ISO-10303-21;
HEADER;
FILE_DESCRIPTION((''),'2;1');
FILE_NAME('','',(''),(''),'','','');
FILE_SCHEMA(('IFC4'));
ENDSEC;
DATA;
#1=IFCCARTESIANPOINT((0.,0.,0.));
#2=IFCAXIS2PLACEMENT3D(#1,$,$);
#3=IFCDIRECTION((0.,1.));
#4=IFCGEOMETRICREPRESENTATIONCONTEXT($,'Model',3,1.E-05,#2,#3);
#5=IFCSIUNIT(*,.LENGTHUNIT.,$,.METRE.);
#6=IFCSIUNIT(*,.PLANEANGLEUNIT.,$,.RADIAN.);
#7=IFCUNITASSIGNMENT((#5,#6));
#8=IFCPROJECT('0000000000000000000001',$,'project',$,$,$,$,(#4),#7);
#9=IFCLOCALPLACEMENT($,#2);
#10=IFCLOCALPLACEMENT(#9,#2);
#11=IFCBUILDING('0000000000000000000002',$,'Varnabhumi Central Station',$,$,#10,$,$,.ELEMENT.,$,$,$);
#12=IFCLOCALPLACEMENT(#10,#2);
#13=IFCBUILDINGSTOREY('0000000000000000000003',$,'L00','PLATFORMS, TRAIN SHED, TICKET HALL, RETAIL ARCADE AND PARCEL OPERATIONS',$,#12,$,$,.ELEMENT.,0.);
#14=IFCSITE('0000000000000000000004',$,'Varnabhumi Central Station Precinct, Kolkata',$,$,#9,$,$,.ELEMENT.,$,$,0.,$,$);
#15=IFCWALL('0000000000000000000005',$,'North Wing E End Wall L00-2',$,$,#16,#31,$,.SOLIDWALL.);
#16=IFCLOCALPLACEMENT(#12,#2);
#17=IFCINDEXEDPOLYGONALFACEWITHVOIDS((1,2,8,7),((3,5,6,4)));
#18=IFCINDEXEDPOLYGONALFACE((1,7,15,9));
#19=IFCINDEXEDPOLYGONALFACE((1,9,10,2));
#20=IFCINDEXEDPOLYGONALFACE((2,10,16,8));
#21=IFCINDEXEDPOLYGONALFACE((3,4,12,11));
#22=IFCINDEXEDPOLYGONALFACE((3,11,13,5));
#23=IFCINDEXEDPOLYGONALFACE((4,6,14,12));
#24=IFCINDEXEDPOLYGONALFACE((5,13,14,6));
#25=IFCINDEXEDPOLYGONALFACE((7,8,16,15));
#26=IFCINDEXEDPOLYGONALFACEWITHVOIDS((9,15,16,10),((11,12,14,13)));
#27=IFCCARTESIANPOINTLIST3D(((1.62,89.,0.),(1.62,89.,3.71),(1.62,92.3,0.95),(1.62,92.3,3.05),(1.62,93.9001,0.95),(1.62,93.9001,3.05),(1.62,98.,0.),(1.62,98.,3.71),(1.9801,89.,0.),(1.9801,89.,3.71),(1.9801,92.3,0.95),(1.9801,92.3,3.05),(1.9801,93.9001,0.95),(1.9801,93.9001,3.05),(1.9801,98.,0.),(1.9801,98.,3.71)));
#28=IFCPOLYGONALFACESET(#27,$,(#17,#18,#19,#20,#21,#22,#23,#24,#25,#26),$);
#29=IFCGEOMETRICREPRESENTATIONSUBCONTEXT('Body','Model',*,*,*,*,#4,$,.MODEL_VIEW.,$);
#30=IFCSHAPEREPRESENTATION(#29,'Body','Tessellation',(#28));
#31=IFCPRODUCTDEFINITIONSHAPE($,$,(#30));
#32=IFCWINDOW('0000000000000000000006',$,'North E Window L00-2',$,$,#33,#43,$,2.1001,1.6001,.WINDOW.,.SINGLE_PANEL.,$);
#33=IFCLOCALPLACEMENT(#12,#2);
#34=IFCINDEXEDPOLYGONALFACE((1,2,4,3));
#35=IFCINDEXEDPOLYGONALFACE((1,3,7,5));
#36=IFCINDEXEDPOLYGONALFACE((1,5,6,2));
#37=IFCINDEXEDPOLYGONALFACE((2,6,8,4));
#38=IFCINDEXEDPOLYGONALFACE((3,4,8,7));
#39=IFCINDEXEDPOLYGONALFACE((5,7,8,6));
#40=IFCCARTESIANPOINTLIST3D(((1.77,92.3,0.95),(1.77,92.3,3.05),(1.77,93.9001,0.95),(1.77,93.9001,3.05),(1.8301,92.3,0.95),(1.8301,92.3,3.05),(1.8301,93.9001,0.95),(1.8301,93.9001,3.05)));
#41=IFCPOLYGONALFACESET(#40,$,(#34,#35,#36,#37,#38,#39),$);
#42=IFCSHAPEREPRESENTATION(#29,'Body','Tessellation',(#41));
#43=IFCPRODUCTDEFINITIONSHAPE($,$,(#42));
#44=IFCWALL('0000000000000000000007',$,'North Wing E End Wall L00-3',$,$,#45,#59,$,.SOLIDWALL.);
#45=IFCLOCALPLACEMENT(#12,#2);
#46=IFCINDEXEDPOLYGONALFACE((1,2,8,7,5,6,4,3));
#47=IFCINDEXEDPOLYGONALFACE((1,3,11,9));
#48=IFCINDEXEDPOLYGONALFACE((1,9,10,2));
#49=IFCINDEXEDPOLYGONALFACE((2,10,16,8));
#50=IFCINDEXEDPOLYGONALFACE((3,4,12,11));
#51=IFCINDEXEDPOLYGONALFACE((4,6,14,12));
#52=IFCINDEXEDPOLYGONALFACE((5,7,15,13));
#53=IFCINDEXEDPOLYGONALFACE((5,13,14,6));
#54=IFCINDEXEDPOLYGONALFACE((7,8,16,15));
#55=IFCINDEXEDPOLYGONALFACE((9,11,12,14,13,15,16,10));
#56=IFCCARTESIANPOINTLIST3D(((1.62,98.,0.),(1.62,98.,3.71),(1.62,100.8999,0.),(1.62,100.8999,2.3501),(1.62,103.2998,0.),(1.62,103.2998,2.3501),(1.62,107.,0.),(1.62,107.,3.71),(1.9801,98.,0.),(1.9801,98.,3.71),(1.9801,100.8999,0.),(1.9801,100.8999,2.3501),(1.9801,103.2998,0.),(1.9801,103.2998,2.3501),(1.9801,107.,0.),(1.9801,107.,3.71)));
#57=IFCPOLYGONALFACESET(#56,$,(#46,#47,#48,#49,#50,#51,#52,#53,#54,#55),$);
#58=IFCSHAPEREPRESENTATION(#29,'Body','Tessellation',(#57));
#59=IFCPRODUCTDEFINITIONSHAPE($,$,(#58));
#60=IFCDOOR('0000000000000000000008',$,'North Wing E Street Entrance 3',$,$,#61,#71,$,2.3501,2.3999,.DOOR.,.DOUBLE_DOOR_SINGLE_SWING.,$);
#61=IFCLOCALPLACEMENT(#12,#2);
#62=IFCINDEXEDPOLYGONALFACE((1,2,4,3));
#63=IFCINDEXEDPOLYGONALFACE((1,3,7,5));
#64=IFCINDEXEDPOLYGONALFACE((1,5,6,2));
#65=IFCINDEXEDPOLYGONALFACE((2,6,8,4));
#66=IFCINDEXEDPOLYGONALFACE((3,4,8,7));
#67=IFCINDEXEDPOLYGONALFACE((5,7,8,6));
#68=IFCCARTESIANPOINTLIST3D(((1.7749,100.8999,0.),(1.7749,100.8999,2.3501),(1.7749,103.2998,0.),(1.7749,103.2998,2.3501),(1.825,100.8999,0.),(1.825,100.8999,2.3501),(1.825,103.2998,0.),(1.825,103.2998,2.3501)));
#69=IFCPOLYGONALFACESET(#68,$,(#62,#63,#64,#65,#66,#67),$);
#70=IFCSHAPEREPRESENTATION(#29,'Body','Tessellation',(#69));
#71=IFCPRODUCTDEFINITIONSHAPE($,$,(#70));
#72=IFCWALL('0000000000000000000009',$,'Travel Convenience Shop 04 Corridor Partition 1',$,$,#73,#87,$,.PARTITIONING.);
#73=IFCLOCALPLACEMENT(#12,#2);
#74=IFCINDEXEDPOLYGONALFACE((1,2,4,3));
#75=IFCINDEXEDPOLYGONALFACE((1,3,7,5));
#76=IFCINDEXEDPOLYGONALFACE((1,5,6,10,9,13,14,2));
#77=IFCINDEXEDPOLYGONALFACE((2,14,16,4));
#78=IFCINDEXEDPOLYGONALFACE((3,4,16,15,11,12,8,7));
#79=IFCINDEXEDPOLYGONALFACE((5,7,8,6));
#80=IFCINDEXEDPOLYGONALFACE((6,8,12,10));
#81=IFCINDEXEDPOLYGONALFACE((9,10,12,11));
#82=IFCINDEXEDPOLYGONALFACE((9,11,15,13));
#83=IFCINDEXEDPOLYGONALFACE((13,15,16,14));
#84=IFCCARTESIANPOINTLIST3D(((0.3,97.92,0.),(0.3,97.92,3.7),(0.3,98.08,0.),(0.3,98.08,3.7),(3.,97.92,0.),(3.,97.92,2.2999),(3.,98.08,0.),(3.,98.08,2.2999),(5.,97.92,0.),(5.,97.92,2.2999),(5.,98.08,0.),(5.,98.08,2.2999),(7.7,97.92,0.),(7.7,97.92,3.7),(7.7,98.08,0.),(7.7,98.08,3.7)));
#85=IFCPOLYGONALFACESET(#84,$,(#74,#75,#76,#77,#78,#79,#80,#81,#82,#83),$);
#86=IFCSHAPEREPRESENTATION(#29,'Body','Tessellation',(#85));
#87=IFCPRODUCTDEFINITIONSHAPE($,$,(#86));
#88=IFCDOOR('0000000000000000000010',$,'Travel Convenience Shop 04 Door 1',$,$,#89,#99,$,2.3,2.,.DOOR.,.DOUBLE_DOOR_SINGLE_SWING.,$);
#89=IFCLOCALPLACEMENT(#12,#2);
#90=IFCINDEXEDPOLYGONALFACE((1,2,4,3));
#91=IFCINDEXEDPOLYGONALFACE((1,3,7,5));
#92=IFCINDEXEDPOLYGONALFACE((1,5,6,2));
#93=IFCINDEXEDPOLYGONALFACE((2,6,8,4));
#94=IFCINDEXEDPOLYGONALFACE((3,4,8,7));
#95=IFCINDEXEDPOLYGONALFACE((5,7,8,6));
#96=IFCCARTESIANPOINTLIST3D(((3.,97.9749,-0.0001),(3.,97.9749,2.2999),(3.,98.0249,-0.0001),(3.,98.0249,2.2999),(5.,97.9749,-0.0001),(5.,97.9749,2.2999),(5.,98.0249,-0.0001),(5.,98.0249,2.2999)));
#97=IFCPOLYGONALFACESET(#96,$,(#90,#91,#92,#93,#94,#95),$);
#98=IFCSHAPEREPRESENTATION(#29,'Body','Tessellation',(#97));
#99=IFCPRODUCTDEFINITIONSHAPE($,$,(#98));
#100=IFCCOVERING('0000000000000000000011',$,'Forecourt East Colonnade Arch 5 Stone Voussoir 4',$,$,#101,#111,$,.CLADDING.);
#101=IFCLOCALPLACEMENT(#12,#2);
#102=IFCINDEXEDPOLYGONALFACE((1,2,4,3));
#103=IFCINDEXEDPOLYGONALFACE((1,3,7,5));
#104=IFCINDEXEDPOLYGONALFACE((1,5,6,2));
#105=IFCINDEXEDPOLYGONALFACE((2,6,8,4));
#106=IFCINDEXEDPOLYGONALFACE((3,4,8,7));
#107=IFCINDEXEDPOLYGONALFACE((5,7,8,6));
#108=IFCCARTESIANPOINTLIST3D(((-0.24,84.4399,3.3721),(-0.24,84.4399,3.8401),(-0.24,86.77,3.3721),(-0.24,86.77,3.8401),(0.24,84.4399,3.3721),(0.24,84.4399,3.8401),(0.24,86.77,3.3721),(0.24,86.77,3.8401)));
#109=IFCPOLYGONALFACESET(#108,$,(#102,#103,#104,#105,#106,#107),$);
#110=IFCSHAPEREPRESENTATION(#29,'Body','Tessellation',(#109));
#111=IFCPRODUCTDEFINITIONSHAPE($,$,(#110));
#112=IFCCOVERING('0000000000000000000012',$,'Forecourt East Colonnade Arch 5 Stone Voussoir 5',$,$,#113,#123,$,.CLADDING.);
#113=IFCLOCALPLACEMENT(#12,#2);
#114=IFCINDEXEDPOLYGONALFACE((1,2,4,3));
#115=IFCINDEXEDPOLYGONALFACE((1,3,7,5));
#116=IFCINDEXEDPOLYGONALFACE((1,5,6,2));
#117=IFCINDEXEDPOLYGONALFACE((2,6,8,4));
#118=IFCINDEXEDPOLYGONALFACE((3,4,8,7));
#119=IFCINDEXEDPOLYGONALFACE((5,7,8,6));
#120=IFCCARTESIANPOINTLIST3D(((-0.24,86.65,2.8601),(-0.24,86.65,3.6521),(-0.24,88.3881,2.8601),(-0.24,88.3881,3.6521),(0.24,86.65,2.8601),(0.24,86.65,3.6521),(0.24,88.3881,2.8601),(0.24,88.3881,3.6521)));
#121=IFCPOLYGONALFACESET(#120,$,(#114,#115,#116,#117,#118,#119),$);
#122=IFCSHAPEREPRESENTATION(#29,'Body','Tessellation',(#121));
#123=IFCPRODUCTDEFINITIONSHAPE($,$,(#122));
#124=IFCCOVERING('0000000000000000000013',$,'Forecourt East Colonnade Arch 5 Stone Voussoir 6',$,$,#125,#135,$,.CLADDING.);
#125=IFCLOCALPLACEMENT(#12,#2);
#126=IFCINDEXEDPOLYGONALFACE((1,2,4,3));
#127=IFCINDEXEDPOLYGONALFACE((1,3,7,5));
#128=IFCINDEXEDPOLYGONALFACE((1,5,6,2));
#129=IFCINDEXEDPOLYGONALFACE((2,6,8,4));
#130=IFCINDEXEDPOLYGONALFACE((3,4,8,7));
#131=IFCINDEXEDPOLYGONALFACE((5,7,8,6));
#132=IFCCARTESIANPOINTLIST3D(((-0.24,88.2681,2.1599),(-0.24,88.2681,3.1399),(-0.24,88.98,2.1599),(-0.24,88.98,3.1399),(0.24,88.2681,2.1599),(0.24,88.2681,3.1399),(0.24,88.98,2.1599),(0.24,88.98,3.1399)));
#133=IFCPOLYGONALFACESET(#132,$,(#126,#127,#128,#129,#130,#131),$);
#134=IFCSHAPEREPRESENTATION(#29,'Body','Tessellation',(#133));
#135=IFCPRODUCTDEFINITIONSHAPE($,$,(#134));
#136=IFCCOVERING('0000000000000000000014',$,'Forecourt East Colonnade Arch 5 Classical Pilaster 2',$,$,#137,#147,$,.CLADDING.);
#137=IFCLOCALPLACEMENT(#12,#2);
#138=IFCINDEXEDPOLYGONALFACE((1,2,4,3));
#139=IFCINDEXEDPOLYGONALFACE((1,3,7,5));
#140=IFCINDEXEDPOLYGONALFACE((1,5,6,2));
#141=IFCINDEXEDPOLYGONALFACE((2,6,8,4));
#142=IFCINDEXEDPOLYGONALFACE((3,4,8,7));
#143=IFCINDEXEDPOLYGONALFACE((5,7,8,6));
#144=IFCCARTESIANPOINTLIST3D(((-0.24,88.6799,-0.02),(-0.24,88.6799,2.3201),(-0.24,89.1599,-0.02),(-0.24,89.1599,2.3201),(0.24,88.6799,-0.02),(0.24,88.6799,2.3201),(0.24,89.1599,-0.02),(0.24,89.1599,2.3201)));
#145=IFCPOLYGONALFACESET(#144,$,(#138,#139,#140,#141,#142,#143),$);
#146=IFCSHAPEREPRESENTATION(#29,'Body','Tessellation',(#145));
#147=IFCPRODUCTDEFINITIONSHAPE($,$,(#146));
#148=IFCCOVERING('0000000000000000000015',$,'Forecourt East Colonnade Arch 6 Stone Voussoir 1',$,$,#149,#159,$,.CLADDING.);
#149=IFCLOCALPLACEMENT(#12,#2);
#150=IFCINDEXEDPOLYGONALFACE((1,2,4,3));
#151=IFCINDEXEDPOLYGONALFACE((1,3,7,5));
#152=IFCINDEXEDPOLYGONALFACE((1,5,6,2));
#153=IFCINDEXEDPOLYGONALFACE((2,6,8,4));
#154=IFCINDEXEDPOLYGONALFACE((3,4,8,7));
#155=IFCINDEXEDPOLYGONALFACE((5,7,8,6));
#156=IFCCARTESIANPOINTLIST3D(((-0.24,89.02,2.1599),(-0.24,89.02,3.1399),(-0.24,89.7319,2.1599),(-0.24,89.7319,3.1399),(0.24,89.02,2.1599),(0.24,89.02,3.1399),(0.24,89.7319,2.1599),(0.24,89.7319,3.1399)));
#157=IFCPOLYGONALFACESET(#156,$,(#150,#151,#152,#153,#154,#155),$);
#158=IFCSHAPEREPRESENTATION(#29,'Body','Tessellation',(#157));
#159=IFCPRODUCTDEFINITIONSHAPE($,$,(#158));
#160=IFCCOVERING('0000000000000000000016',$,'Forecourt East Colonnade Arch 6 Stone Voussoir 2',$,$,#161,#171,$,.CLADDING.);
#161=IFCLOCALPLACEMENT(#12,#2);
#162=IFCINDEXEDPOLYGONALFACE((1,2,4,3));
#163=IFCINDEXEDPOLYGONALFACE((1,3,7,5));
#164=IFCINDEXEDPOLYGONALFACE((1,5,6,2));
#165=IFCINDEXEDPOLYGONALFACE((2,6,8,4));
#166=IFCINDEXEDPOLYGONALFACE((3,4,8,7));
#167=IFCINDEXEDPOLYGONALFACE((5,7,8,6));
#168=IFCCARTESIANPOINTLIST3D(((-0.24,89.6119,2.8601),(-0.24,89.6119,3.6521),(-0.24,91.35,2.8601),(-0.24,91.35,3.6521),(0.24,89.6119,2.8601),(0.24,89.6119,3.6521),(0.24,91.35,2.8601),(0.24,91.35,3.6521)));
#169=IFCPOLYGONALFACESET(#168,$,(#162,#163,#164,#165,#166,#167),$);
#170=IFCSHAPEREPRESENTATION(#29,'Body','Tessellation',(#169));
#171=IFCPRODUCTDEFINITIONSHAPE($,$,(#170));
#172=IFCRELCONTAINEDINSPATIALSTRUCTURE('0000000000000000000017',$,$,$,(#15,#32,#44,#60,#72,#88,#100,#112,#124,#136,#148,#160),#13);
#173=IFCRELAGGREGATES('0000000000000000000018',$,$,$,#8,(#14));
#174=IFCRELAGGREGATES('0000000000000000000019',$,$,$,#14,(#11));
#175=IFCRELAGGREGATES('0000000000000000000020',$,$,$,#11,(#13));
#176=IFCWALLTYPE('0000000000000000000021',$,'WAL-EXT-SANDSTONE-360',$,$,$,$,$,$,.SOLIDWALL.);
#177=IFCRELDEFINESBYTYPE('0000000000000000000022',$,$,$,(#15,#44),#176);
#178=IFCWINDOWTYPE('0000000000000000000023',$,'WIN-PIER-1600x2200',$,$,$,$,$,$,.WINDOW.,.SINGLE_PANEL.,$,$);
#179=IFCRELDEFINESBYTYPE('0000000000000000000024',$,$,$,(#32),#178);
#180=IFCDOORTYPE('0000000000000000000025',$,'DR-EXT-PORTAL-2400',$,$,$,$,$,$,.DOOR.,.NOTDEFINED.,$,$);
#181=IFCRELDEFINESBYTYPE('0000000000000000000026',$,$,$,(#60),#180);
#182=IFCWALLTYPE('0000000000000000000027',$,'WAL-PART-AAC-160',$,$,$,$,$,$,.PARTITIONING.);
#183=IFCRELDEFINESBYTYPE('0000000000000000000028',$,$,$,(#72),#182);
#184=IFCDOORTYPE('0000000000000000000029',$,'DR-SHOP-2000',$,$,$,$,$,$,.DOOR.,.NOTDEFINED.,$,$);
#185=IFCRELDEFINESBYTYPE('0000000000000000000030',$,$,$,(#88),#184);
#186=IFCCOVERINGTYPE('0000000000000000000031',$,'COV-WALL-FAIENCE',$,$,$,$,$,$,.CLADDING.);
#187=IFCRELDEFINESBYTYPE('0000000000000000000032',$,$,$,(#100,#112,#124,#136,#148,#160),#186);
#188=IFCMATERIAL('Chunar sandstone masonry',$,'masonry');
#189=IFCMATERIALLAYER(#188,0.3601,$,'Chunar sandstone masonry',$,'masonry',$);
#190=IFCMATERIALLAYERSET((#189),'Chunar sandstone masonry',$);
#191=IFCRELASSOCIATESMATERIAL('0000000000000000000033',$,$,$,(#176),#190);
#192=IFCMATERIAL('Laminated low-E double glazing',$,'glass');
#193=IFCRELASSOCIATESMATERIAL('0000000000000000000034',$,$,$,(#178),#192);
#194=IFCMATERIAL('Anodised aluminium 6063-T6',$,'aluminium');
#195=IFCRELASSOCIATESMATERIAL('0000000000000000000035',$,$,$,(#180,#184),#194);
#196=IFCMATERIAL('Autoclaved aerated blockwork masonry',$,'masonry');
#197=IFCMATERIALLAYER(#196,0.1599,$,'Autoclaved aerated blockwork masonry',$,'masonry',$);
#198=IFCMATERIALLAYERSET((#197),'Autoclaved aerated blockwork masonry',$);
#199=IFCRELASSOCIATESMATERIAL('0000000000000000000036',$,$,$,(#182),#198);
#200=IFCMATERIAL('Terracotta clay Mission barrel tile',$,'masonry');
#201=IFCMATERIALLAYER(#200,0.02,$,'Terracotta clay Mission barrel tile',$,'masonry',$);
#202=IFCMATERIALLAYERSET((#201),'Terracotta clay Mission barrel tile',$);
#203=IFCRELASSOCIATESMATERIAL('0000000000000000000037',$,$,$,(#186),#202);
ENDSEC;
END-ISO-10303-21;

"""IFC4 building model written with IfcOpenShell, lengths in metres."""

from ifc_helpers import new_model, si_unit, direction, frame, frame_2d, origin, origin_2d, place, context, subcontext, project, spatial, rectangle, extrude, material, layer, layer_set, type_object, element, fill, save


model = new_model("IFC4")

# Units and contexts
model_context = context("Model", 3, precision=1e-05, world=origin(), true_north=direction((0.0, 1.0)))
body_context = subcontext(model_context, "Body", "Model", "MODEL_VIEW")
ifc_project = project(units=[si_unit("LENGTHUNIT", "METRE"), si_unit("PLANEANGLEUNIT", "RADIAN")], contexts=[model_context])

# Site, building, storey
site_placement = place(None, origin())
site = spatial("IfcSite", under=ifc_project, at=site_placement, Name="Varnabhumi Central Station Precinct, Kolkata", CompositionType="ELEMENT", RefElevation=0.0)
building_placement = place(site_placement, origin())
building = spatial("IfcBuilding", under=site, at=building_placement, Name="Varnabhumi Central Station", CompositionType="ELEMENT")
storey_placement = place(building_placement, origin())
storey = spatial("IfcBuildingStorey", under=building, at=storey_placement, Name="L00", Description="PLATFORMS, TRAIN SHED, TICKET HALL, RETAIL ARCADE AND PARCEL OPERATIONS", CompositionType="ELEMENT", Elevation=0.0)

# Wall, opening, window
ifc_material_1 = material(Name="Chunar sandstone masonry", Category="masonry")
ifc_layer_1 = layer(ifc_material_1, 0.3601, Name="Chunar sandstone masonry", Category="masonry")
ifc_layer_set_1 = layer_set([ifc_layer_1], Name="Chunar sandstone masonry")
wall_type_1 = type_object("IfcWallType", Name="WAL-EXT-SANDSTONE-360", PredefinedType="SOLIDWALL", material=ifc_layer_set_1)
wall_1_placement = place(storey_placement, frame((1.8, 89.0, 0.0), z_axis=(0.0, 0.0, 1.0), x_axis=(0.0, 1.0, 0.0)))
wall_1 = element("IfcWall", 1, at=wall_1_placement, inside=storey, type_object=wall_type_1, Name="North Wing E End Wall L00-2", PredefinedType="SOLIDWALL", context=body_context, shape_type="SweptSolid", body=[
    extrude(rectangle(XDim=9.0, YDim=0.3601, at=frame_2d((4.5, 0.0))), origin(), (0.0, 0.0, 1.0), 3.71),
])
opening_1_placement = place(wall_1_placement, frame((3.3, 0.0, 0.95)))
opening_1 = element("IfcOpeningElement", 2, at=opening_1_placement, cuts=wall_1, PredefinedType="OPENING", context=body_context, shape_type="SweptSolid", body=[
    extrude(rectangle(XDim=1.6001, YDim=2.1001, at=frame_2d((0.8, 1.05))), frame((0.0, 0.1899, 0.0), z_axis=(0.0, -1.0, 0.0), x_axis=(1.0, 0.0, 0.0)), (0.0, 0.0, 1.0), 0.3801),
])
ifc_material_2 = material(Name="Laminated low-E double glazing", Category="glass")
window_type = type_object("IfcWindowType", Name="WIN-PIER-1600x2200", PartitioningType="SINGLE_PANEL", PredefinedType="WINDOW", material=ifc_material_2)
window_placement = place(opening_1_placement, origin())
window = element("IfcWindow", 3, at=window_placement, inside=storey, type_object=window_type, Name="North E Window L00-2", OverallHeight=2.1001, OverallWidth=1.6001, PartitioningType="SINGLE_PANEL", PredefinedType="WINDOW", context=body_context, shape_type="SweptSolid", body=[
    extrude(rectangle(XDim=1.6001, YDim=2.1001, at=frame_2d((0.8, 1.05))), frame((0.0, 0.03, 0.0), z_axis=(0.0, -1.0, 0.0), x_axis=(1.0, 0.0, 0.0)), (0.0, 0.0, 1.0), 0.0601),
])
fill(opening_1, window)

# Walls, openings, doors
wall_2_placement = place(storey_placement, frame((1.8, 98.0, 0.0), z_axis=(0.0, 0.0, 1.0), x_axis=(0.0, 1.0, 0.0)))
wall_2 = element("IfcWall", 4, at=wall_2_placement, inside=storey, type_object=wall_type_1, Name="North Wing E End Wall L00-3", PredefinedType="SOLIDWALL", context=body_context, shape_type="SweptSolid", body=[
    extrude(rectangle(XDim=9.0, YDim=0.3601, at=frame_2d((4.5, 0.0))), origin(), (0.0, 0.0, 1.0), 3.71),
])
opening_2_placement = place(wall_2_placement, frame((2.8999, 0.0, 0.0)))
opening_2 = element("IfcOpeningElement", 5, at=opening_2_placement, cuts=wall_2, PredefinedType="OPENING", context=body_context, shape_type="SweptSolid", body=[
    extrude(rectangle(XDim=2.3999, YDim=2.3501, at=frame_2d((1.2, 1.175))), frame((0.0, 0.1899, 0.0), z_axis=(0.0, -1.0, 0.0), x_axis=(1.0, 0.0, 0.0)), (0.0, 0.0, 1.0), 0.3801),
])
ifc_material_3 = material(Name="Anodised aluminium 6063-T6", Category="aluminium")
door_type_1 = type_object("IfcDoorType", Name="DR-EXT-PORTAL-2400", OperationType="NOTDEFINED", PredefinedType="DOOR", material=ifc_material_3)
door_1_placement = place(opening_2_placement, frame((2.3999, 0.0, 0.0), z_axis=(0.0, 0.0, 1.0), x_axis=(-1.0, 0.0, 0.0)))
door_1 = element("IfcDoor", 6, at=door_1_placement, inside=storey, type_object=door_type_1, Name="North Wing E Street Entrance 3", OperationType="DOUBLE_DOOR_SINGLE_SWING", OverallHeight=2.3501, OverallWidth=2.3999, PredefinedType="DOOR", context=body_context, shape_type="SweptSolid", body=[
    extrude(rectangle(XDim=2.3999, YDim=2.3501, at=frame_2d((1.2, 1.175))), frame((0.0, 0.0249, 0.0), z_axis=(0.0, -1.0, 0.0), x_axis=(1.0, 0.0, 0.0)), (0.0, 0.0, 1.0), 0.05),
])
fill(opening_2, door_1)
ifc_material_4 = material(Name="Autoclaved aerated blockwork masonry", Category="masonry")
ifc_layer_2 = layer(ifc_material_4, 0.1599, Name="Autoclaved aerated blockwork masonry", Category="masonry")
ifc_layer_set_2 = layer_set([ifc_layer_2], Name="Autoclaved aerated blockwork masonry")
wall_type_2 = type_object("IfcWallType", Name="WAL-PART-AAC-160", PredefinedType="PARTITIONING", material=ifc_layer_set_2)
wall_3_placement = place(storey_placement, frame((0.3, 98.0, 0.0), z_axis=(0.0, 0.0, 1.0), x_axis=(1.0, 0.0, 0.0)))
wall_3 = element("IfcWall", 7, at=wall_3_placement, inside=storey, type_object=wall_type_2, Name="Travel Convenience Shop 04 Corridor Partition 1", PredefinedType="PARTITIONING", context=body_context, shape_type="SweptSolid", body=[
    extrude(rectangle(XDim=7.3999, YDim=0.1599, at=frame_2d((3.7, 0.0))), origin(), (0.0, 0.0, 1.0), 3.7),
])
opening_3_placement = place(wall_3_placement, frame((2.7, 0.0, 0.0)))
opening_3 = element("IfcOpeningElement", 8, at=opening_3_placement, cuts=wall_3, PredefinedType="OPENING", context=body_context, shape_type="SweptSolid", body=[
    extrude(rectangle(XDim=2.0, YDim=2.3, at=frame_2d((1.0, 1.1499))), frame((0.0, 0.0898, 0.0), z_axis=(0.0, -1.0, 0.0), x_axis=(1.0, 0.0, 0.0)), (0.0, 0.0, 1.0), 0.1799),
])
door_type_2 = type_object("IfcDoorType", Name="DR-SHOP-2000", OperationType="NOTDEFINED", PredefinedType="DOOR", material=ifc_material_3)
door_2_placement = place(opening_3_placement, origin())
door_2 = element("IfcDoor", 9, at=door_2_placement, inside=storey, type_object=door_type_2, Name="Travel Convenience Shop 04 Door 1", OperationType="DOUBLE_DOOR_SINGLE_SWING", OverallHeight=2.3, OverallWidth=2.0, PredefinedType="DOOR", context=body_context, shape_type="SweptSolid", body=[
    extrude(rectangle(XDim=2.0, YDim=2.3, at=frame_2d((1.0, 1.1499))), frame((0.0, 0.0249, 0.0), z_axis=(0.0, -1.0, 0.0), x_axis=(1.0, 0.0, 0.0)), (0.0, 0.0, 1.0), 0.05),
])
fill(opening_3, door_2)

# Coverings
ifc_material_5 = material(Name="Terracotta clay Mission barrel tile", Category="masonry")
ifc_layer_3 = layer(ifc_material_5, 0.02, Name="Terracotta clay Mission barrel tile", Category="masonry")
ifc_layer_set_3 = layer_set([ifc_layer_3], Name="Terracotta clay Mission barrel tile")
covering_type = type_object("IfcCoveringType", Name="COV-WALL-FAIENCE", PredefinedType="CLADDING", material=ifc_layer_set_3)
covering_1_placement = place(storey_placement, frame((0.0, 85.605, 3.3721), z_axis=(0.0, 0.0, 1.0), x_axis=(0.0, 1.0, 0.0)))
element("IfcCovering", 10, at=covering_1_placement, inside=storey, type_object=covering_type, Name="Forecourt East Colonnade Arch 5 Stone Voussoir 4", PredefinedType="CLADDING", context=body_context, shape_type="SweptSolid", body=[
    extrude(rectangle(XDim=2.3301, YDim=0.48, at=origin_2d()), origin(), (0.0, 0.0, 1.0), 0.468),
])
covering_2_placement = place(storey_placement, frame((0.0, 87.519, 2.8601), z_axis=(0.0, 0.0, 1.0), x_axis=(0.0, 1.0, 0.0)))
element("IfcCovering", 11, at=covering_2_placement, inside=storey, type_object=covering_type, Name="Forecourt East Colonnade Arch 5 Stone Voussoir 5", PredefinedType="CLADDING", context=body_context, shape_type="SweptSolid", body=[
    extrude(rectangle(XDim=1.738, YDim=0.48, at=origin_2d()), origin(), (0.0, 0.0, 1.0), 0.792),
])
covering_3_placement = place(storey_placement, frame((0.0, 88.624, 2.1599), z_axis=(0.0, 0.0, 1.0), x_axis=(0.0, 1.0, 0.0)))
element("IfcCovering", 12, at=covering_3_placement, inside=storey, type_object=covering_type, Name="Forecourt East Colonnade Arch 5 Stone Voussoir 6", PredefinedType="CLADDING", context=body_context, shape_type="SweptSolid", body=[
    extrude(rectangle(XDim=0.7119, YDim=0.48, at=origin_2d()), origin(), (0.0, 0.0, 1.0), 0.98),
])
covering_4_placement = place(storey_placement, frame((0.0, 88.9199, -0.02), z_axis=(0.0, 0.0, 1.0), x_axis=(1.0, 0.0, 0.0)))
element("IfcCovering", 13, at=covering_4_placement, inside=storey, type_object=covering_type, Name="Forecourt East Colonnade Arch 5 Classical Pilaster 2", PredefinedType="CLADDING", context=body_context, shape_type="SweptSolid", body=[
    extrude(rectangle(XDim=0.48, YDim=0.48, at=origin_2d()), origin(), (0.0, 0.0, 1.0), 2.3401),
])
covering_5_placement = place(storey_placement, frame((0.0, 89.376, 2.1599), z_axis=(0.0, 0.0, 1.0), x_axis=(0.0, 1.0, 0.0)))
element("IfcCovering", 14, at=covering_5_placement, inside=storey, type_object=covering_type, Name="Forecourt East Colonnade Arch 6 Stone Voussoir 1", PredefinedType="CLADDING", context=body_context, shape_type="SweptSolid", body=[
    extrude(rectangle(XDim=0.7119, YDim=0.48, at=origin_2d()), origin(), (0.0, 0.0, 1.0), 0.98),
])
covering_6_placement = place(storey_placement, frame((0.0, 90.481, 2.8601), z_axis=(0.0, 0.0, 1.0), x_axis=(0.0, 1.0, 0.0)))
element("IfcCovering", 15, at=covering_6_placement, inside=storey, type_object=covering_type, Name="Forecourt East Colonnade Arch 6 Stone Voussoir 2", PredefinedType="CLADDING", context=body_context, shape_type="SweptSolid", body=[
    extrude(rectangle(XDim=1.738, YDim=0.48, at=origin_2d()), origin(), (0.0, 0.0, 1.0), 0.792),
])

save(model, "model.ifc")
